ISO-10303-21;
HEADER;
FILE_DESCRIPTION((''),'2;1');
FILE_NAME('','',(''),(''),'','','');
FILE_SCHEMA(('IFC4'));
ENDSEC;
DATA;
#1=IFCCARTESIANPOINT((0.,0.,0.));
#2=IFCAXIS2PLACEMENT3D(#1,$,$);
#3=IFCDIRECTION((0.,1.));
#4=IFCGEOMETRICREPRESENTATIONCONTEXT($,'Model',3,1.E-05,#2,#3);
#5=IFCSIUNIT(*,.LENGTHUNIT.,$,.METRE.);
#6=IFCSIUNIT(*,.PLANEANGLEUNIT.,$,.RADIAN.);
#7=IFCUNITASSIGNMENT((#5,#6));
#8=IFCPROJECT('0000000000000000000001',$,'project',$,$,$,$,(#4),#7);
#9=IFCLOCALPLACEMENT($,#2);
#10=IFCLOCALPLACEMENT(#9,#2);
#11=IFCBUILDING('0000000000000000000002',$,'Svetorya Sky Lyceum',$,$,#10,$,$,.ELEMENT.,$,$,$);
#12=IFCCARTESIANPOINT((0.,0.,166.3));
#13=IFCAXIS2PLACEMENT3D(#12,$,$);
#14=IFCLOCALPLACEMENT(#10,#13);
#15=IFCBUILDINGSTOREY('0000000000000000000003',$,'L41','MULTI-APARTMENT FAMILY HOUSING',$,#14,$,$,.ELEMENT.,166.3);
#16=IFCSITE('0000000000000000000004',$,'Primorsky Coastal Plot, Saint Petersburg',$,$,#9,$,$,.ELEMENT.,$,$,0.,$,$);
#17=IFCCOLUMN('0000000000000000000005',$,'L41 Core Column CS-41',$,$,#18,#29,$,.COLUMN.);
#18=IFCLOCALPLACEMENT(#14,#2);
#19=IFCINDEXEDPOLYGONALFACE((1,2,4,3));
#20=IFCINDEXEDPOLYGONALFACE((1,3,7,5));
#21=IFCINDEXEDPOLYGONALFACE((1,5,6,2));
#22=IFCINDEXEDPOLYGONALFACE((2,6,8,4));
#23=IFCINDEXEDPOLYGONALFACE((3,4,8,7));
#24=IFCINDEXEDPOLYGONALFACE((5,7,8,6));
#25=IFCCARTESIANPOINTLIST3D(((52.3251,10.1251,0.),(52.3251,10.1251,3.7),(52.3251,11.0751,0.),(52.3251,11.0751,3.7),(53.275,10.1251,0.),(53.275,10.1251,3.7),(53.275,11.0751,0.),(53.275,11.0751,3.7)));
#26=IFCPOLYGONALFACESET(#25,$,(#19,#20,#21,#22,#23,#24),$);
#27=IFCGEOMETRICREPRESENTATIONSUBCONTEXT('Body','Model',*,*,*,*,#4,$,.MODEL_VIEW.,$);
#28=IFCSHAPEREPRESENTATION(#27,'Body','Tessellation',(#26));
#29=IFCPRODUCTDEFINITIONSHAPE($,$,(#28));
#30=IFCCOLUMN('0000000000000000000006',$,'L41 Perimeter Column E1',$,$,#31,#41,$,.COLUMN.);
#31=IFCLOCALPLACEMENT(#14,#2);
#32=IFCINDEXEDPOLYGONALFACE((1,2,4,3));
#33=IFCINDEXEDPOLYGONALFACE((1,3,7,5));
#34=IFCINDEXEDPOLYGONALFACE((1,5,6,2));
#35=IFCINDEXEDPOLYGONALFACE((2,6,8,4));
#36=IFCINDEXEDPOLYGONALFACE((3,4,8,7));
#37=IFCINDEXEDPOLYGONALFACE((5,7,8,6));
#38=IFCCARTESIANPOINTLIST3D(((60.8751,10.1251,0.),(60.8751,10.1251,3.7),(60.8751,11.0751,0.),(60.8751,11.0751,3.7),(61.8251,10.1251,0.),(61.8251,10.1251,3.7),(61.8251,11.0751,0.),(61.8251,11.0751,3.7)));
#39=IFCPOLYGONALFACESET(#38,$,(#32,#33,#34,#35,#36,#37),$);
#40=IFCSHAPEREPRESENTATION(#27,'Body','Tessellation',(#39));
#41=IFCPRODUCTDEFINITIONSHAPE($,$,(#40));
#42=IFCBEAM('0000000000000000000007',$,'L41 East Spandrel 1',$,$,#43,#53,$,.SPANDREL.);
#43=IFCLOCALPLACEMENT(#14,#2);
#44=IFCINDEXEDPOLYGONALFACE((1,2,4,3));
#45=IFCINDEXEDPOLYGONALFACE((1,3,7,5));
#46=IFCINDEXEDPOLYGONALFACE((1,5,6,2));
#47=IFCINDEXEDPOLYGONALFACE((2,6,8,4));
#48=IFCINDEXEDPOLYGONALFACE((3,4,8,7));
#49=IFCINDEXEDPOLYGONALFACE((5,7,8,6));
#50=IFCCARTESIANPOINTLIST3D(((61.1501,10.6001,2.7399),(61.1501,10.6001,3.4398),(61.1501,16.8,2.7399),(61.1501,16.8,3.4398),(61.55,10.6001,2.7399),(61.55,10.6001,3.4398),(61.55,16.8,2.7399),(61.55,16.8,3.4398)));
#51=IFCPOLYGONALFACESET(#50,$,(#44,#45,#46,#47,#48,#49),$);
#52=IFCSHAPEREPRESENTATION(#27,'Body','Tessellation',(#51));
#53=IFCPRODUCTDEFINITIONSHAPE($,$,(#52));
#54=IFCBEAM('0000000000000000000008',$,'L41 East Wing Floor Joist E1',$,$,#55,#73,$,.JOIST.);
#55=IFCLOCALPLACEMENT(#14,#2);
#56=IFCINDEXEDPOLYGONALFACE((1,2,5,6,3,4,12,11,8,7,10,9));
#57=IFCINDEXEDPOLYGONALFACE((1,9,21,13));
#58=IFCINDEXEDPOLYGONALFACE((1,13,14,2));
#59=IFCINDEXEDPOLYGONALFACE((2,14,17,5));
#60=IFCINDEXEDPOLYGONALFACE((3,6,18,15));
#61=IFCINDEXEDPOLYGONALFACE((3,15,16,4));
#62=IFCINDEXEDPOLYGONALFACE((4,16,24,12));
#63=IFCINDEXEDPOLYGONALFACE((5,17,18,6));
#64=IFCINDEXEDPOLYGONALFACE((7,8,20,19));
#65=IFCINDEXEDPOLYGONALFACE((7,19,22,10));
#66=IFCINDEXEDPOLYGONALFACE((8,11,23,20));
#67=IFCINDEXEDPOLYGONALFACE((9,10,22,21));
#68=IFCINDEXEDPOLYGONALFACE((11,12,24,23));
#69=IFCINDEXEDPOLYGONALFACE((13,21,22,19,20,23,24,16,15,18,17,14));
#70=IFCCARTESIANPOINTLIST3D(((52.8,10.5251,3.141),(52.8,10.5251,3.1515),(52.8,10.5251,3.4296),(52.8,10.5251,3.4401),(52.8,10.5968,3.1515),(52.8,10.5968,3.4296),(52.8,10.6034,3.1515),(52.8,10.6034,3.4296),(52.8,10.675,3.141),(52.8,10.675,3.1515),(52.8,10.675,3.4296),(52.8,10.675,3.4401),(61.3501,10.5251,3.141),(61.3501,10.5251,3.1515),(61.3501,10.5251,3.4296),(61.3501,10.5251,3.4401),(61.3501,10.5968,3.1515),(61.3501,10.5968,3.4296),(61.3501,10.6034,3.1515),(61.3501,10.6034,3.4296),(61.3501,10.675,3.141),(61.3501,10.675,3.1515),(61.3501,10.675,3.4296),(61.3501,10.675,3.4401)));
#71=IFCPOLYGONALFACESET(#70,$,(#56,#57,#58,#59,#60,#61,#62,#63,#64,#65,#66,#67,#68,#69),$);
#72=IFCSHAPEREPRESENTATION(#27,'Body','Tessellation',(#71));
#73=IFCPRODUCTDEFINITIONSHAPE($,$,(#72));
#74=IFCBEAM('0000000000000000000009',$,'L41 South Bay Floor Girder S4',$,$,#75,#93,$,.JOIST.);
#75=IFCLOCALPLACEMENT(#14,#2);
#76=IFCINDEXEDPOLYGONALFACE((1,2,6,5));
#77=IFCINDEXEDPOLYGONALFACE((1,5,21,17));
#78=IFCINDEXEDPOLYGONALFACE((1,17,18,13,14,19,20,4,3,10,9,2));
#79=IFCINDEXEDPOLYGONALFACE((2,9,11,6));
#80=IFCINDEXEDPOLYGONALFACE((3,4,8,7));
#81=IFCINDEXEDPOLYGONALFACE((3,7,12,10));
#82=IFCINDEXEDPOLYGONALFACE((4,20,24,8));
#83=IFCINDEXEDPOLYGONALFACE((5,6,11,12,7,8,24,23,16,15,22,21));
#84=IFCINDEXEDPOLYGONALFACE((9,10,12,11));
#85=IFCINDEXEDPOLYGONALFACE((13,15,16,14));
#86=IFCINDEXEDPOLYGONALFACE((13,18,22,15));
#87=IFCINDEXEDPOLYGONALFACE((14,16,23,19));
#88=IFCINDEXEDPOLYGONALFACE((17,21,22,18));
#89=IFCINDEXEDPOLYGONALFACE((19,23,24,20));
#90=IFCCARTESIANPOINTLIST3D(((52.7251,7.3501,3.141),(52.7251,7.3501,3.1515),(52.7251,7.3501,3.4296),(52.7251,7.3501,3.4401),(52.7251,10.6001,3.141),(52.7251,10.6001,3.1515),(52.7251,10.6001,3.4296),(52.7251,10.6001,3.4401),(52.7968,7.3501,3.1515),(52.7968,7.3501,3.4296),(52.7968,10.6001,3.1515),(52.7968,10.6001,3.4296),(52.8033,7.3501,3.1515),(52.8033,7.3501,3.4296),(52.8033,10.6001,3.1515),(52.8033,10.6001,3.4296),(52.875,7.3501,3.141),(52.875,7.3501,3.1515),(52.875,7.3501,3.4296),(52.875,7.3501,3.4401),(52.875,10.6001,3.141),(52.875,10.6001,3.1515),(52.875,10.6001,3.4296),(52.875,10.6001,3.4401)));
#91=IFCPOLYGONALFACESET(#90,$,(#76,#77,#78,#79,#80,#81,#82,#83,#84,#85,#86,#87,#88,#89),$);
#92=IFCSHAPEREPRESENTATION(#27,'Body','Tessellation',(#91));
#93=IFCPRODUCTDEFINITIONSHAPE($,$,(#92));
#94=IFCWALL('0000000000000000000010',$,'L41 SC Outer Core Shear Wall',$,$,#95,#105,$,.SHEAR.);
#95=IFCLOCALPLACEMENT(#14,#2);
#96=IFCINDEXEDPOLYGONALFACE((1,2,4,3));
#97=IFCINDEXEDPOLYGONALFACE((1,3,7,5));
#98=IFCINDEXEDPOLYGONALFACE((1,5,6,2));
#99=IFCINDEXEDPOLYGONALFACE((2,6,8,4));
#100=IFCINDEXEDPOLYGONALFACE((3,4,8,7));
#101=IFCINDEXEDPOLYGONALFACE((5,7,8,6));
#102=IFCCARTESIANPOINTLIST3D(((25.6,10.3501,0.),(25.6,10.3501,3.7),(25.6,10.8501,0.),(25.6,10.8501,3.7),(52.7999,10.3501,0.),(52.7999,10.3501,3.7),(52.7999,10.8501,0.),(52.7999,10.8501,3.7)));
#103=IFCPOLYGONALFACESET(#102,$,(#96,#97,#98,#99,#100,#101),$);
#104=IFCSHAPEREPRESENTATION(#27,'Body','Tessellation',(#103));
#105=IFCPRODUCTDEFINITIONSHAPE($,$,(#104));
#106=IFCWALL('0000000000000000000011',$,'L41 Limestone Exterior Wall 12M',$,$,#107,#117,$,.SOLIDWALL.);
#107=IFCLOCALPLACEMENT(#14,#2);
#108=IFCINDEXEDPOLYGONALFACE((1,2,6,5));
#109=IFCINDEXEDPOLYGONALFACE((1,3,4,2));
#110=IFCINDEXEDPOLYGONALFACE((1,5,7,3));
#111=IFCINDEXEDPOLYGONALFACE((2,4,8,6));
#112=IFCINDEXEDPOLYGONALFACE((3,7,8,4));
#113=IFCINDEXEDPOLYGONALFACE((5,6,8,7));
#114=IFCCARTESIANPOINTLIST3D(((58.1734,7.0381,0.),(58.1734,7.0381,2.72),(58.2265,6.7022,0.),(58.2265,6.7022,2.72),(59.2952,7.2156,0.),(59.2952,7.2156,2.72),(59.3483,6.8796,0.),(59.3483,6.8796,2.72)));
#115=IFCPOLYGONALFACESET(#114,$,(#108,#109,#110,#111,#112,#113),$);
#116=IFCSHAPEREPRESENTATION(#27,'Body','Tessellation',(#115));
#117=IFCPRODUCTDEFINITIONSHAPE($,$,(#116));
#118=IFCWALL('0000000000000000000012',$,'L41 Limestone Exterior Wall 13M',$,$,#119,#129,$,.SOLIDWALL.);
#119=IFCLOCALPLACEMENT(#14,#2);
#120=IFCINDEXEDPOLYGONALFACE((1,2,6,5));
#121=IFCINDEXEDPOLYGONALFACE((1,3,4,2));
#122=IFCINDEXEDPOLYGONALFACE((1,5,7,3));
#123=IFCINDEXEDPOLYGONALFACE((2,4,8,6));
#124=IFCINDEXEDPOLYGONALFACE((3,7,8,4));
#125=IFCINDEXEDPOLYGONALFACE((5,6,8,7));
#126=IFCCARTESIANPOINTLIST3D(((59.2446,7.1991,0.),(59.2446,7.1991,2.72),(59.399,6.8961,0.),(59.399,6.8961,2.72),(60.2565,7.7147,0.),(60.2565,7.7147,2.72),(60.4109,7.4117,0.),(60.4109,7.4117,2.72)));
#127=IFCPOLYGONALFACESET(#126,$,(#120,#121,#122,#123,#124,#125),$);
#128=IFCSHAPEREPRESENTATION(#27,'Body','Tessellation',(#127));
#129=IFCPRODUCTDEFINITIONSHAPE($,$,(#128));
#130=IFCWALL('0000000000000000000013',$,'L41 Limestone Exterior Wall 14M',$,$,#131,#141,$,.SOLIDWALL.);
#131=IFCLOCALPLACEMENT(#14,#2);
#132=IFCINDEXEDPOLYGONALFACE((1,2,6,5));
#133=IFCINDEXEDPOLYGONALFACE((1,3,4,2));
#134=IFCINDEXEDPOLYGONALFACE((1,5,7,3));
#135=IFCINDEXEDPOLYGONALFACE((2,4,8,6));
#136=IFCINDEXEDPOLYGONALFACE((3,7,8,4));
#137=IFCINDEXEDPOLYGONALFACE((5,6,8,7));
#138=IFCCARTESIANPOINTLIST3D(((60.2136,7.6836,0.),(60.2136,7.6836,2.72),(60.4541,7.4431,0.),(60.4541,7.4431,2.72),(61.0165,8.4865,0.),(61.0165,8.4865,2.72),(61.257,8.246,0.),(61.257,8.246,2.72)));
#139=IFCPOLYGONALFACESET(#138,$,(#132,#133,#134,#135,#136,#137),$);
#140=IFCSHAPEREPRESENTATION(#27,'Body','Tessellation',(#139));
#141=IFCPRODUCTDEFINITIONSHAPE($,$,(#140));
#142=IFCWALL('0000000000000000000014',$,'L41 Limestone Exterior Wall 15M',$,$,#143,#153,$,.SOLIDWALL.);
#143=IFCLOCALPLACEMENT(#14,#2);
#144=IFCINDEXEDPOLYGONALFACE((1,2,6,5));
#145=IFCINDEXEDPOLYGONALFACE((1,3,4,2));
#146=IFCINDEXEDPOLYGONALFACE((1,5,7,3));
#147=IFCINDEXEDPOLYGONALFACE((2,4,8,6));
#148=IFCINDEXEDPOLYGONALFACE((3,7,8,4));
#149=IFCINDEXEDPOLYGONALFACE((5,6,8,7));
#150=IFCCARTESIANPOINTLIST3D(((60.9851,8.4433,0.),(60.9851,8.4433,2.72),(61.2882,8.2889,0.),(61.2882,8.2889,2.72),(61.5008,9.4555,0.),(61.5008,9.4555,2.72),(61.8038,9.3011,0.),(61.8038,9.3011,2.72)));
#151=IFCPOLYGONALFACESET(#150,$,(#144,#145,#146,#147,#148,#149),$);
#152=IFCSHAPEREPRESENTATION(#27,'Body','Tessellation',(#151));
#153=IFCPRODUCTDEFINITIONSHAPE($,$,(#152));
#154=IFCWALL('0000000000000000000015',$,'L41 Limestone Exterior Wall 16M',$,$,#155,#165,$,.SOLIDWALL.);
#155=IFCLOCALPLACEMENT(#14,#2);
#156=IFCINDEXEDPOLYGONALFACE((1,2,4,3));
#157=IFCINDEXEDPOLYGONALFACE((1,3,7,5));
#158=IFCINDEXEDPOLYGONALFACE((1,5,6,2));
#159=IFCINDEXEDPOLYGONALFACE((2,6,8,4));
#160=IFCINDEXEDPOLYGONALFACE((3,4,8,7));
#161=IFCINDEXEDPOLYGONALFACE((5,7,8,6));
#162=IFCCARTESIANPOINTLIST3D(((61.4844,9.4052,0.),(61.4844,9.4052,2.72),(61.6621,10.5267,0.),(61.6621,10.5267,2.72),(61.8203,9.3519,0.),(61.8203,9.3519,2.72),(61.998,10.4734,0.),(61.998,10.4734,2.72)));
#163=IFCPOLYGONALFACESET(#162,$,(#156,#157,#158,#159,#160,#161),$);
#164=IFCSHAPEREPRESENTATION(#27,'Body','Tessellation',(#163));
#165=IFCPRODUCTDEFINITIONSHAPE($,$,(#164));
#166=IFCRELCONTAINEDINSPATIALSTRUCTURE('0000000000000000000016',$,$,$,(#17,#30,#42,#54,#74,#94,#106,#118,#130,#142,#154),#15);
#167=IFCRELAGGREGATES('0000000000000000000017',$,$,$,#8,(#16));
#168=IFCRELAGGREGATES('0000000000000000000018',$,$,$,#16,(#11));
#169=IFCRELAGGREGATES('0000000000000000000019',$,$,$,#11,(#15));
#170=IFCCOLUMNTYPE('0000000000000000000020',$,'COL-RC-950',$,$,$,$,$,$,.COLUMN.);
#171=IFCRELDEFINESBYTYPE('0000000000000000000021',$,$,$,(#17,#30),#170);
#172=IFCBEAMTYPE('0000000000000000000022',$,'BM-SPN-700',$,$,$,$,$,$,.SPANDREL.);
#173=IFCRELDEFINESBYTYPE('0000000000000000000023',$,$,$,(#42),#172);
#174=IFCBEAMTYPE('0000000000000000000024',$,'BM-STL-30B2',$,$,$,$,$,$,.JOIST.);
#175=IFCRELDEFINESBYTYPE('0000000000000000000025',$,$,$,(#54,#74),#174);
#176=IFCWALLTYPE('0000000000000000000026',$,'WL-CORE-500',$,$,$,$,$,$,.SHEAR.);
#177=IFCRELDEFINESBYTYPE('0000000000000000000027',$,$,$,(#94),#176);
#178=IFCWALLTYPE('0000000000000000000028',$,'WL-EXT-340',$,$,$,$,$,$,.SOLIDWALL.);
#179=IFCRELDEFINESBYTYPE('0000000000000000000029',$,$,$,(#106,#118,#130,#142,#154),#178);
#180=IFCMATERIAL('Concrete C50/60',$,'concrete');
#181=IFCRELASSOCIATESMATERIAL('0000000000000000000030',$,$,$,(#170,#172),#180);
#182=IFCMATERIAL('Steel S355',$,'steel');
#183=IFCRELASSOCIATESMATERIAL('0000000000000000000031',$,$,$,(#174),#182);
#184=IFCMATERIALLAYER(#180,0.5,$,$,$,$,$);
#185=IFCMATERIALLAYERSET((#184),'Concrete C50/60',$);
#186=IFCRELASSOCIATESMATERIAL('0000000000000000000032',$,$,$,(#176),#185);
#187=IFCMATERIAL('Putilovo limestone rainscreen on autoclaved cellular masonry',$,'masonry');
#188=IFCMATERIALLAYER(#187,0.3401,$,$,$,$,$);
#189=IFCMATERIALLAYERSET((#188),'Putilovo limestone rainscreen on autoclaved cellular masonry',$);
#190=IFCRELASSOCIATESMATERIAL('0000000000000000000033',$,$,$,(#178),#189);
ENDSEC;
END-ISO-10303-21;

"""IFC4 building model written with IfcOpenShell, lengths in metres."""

from ifc_helpers import new_model, si_unit, direction, frame, frame_2d, origin, origin_2d, place, context, subcontext, project, spatial, rectangle, i_section, extrude, material, layer, layer_set, material_profile, profile_set, type_object, element, save


model = new_model("IFC4")

# Units and contexts
model_context = context("Model", 3, precision=1e-05, world=origin(), true_north=direction((0.0, 1.0)))
body_context = subcontext(model_context, "Body", "Model", "MODEL_VIEW")
ifc_project = project(units=[si_unit("LENGTHUNIT", "METRE"), si_unit("PLANEANGLEUNIT", "RADIAN")], contexts=[model_context])

# Site, building, storey
site_placement = place(None, origin())
site = spatial("IfcSite", under=ifc_project, at=site_placement, Name="Primorsky Coastal Plot, Saint Petersburg", CompositionType="ELEMENT", RefElevation=0.0)
building_placement = place(site_placement, origin())
building = spatial("IfcBuilding", under=site, at=building_placement, Name="Svetorya Sky Lyceum", CompositionType="ELEMENT")
storey_placement = place(building_placement, frame((0.0, 0.0, 166.3)))
storey = spatial("IfcBuildingStorey", under=building, at=storey_placement, Name="L41", Description="MULTI-APARTMENT FAMILY HOUSING", CompositionType="ELEMENT", Elevation=166.3)

# Columns
ifc_material_1 = material(Name="Concrete C50/60", Category="concrete")
ifc_material_profile_1 = material_profile(ifc_material_1, rectangle(XDim=0.95, YDim=0.95, at=origin_2d()), Name="RC COL 950x950")
ifc_profile_set_1 = profile_set([ifc_material_profile_1], Name="Concrete C50/60")
column_type = type_object("IfcColumnType", Name="COL-RC-950", PredefinedType="COLUMN", material=ifc_profile_set_1)
for number, where, z_axis, x_axis, name in (
    (1, (52.8, 10.6001, 0.0), (0.0, 0.0, 1.0), (1.0, 0.0, 0.0), "L41 Core Column CS-41"),
    (2, (61.3501, 10.6001, 0.0), (0.0, 0.0, 1.0), (1.0, 0.0, 0.0), "L41 Perimeter Column E1"),
):
    element("IfcColumn", number, at=place(storey_placement, frame(where, z_axis=z_axis, x_axis=x_axis)), inside=storey, type_object=column_type, Name=name, PredefinedType="COLUMN", context=body_context, shape_type="SweptSolid", body=[
        extrude(rectangle(XDim=0.95, YDim=0.95, at=origin_2d()), origin(), (0.0, 0.0, 1.0), 3.7),
    ])

# Beams
ifc_material_profile_2 = material_profile(ifc_material_1, rectangle(XDim=0.3999, YDim=0.7, at=origin_2d()), Name="RC SPANDREL 400x700")
ifc_profile_set_2 = profile_set([ifc_material_profile_2], Name="Concrete C50/60")
beam_type_1 = type_object("IfcBeamType", Name="BM-SPN-700", PredefinedType="SPANDREL", material=ifc_profile_set_2)
beam_1_placement = place(storey_placement, frame((61.3501, 10.6001, 3.0898), z_axis=(0.0, 1.0, 0.0), x_axis=(-1.0, 0.0, 0.0)))
element("IfcBeam", 3, at=beam_1_placement, inside=storey, type_object=beam_type_1, Name="L41 East Spandrel 1", PredefinedType="SPANDREL", context=body_context, shape_type="SweptSolid", body=[
    extrude(rectangle(XDim=0.3999, YDim=0.7, at=origin_2d()), origin(), (0.0, 0.0, 1.0), 6.2),
])
ifc_material_2 = material(Name="Steel S355", Category="steel")
ifc_material_profile_3 = material_profile(ifc_material_2, i_section(OverallWidth=0.1499, OverallDepth=0.2991, WebThickness=0.0066, FlangeThickness=0.0105, at=origin_2d()), Name="GOST 30B2")
ifc_profile_set_3 = profile_set([ifc_material_profile_3], Name="Steel S355")
beam_type_2 = type_object("IfcBeamType", Name="BM-STL-30B2", PredefinedType="JOIST", material=ifc_profile_set_3)
beam_2_placement = place(storey_placement, frame((52.8, 10.6001, 3.2905), z_axis=(1.0, 0.0, 0.0), x_axis=(0.0, 1.0, 0.0)))
element("IfcBeam", 4, at=beam_2_placement, inside=storey, type_object=beam_type_2, Name="L41 East Wing Floor Joist E1", PredefinedType="JOIST", context=body_context, shape_type="SweptSolid", body=[
    extrude(i_section(OverallWidth=0.1499, OverallDepth=0.2991, WebThickness=0.0066, FlangeThickness=0.0105, at=origin_2d()), origin(), (0.0, 0.0, 1.0), 8.55),
])
beam_3_placement = place(storey_placement, frame((52.8, 7.3501, 3.2905), z_axis=(0.0, 1.0, 0.0), x_axis=(-1.0, 0.0, 0.0)))
element("IfcBeam", 5, at=beam_3_placement, inside=storey, type_object=beam_type_2, Name="L41 South Bay Floor Girder S4", PredefinedType="JOIST", context=body_context, shape_type="SweptSolid", body=[
    extrude(i_section(OverallWidth=0.1499, OverallDepth=0.2991, WebThickness=0.0066, FlangeThickness=0.0105, at=origin_2d()), origin(), (0.0, 0.0, 1.0), 3.25),
])

# Walls
ifc_layer_1 = layer(ifc_material_1, 0.5)
ifc_layer_set_1 = layer_set([ifc_layer_1], Name="Concrete C50/60")
wall_type_1 = type_object("IfcWallType", Name="WL-CORE-500", PredefinedType="SHEAR", material=ifc_layer_set_1)
wall_1_placement = place(storey_placement, frame((52.8, 10.6001, 0.0), z_axis=(0.0, 0.0, 1.0), x_axis=(-1.0, 0.0, 0.0)))
element("IfcWall", 6, at=wall_1_placement, inside=storey, type_object=wall_type_1, Name="L41 SC Outer Core Shear Wall", PredefinedType="SHEAR", context=body_context, shape_type="SweptSolid", body=[
    extrude(rectangle(XDim=27.2, YDim=0.5, at=frame_2d((13.6001, 0.0))), origin(), (0.0, 0.0, 1.0), 3.7),
])
ifc_material_3 = material(Name="Putilovo limestone rainscreen on autoclaved cellular masonry", Category="masonry")
ifc_layer_2 = layer(ifc_material_3, 0.3401)
ifc_layer_set_2 = layer_set([ifc_layer_2], Name="Putilovo limestone rainscreen on autoclaved cellular masonry")
wall_type_2 = type_object("IfcWallType", Name="WL-EXT-340", PredefinedType="SOLIDWALL", material=ifc_layer_set_2)
for number, where, z_axis, x_axis, name in (
    (7, (58.2, 6.8701, 0.0), (0.0, 0.0, 1.0), (0.987714, 0.156272, 0.0), "L41 Limestone Exterior Wall 12M"),
    (8, (59.3218, 7.0476, 0.0), (0.0, 0.0, 1.0), (0.891005, 0.453993, 0.0), "L41 Limestone Exterior Wall 13M"),
):
    element("IfcWall", number, at=place(storey_placement, frame(where, z_axis=z_axis, x_axis=x_axis)), inside=storey, type_object=wall_type_2, Name=name, PredefinedType="SOLIDWALL", context=body_context, shape_type="SweptSolid", body=[
        extrude(rectangle(XDim=1.1357, YDim=0.3401, at=frame_2d((0.5679, 0.0))), origin(), (0.0, 0.0, 1.0), 2.72),
    ])
wall_2_placement = place(storey_placement, frame((60.3337, 7.5632, 0.0), z_axis=(0.0, 0.0, 1.0), x_axis=(0.707107, 0.707107, 0.0)))
element("IfcWall", 9, at=wall_2_placement, inside=storey, type_object=wall_type_2, Name="L41 Limestone Exterior Wall 14M", PredefinedType="SOLIDWALL", context=body_context, shape_type="SweptSolid", body=[
    extrude(rectangle(XDim=1.1355, YDim=0.3401, at=frame_2d((0.5679, 0.0))), origin(), (0.0, 0.0, 1.0), 2.72),
])
wall_3_placement = place(storey_placement, frame((61.1367, 8.3662, 0.0), z_axis=(0.0, 0.0, 1.0), x_axis=(0.453906, 0.891049, 0.0)))
element("IfcWall", 10, at=wall_3_placement, inside=storey, type_object=wall_type_2, Name="L41 Limestone Exterior Wall 15M", PredefinedType="SOLIDWALL", context=body_context, shape_type="SweptSolid", body=[
    extrude(rectangle(XDim=1.136, YDim=0.3401, at=frame_2d((0.5679, 0.0))), origin(), (0.0, 0.0, 1.0), 2.72),
])
wall_4_placement = place(storey_placement, frame((61.6523, 9.3784, 0.0), z_axis=(0.0, 0.0, 1.0), x_axis=(0.156515, 0.987676, 0.0)))
element("IfcWall", 11, at=wall_4_placement, inside=storey, type_object=wall_type_2, Name="L41 Limestone Exterior Wall 16M", PredefinedType="SOLIDWALL", context=body_context, shape_type="SweptSolid", body=[
    extrude(rectangle(XDim=1.1355, YDim=0.3401, at=frame_2d((0.5679, 0.0))), origin(), (0.0, 0.0, 1.0), 2.72),
])

save(model, "model.ifc")
